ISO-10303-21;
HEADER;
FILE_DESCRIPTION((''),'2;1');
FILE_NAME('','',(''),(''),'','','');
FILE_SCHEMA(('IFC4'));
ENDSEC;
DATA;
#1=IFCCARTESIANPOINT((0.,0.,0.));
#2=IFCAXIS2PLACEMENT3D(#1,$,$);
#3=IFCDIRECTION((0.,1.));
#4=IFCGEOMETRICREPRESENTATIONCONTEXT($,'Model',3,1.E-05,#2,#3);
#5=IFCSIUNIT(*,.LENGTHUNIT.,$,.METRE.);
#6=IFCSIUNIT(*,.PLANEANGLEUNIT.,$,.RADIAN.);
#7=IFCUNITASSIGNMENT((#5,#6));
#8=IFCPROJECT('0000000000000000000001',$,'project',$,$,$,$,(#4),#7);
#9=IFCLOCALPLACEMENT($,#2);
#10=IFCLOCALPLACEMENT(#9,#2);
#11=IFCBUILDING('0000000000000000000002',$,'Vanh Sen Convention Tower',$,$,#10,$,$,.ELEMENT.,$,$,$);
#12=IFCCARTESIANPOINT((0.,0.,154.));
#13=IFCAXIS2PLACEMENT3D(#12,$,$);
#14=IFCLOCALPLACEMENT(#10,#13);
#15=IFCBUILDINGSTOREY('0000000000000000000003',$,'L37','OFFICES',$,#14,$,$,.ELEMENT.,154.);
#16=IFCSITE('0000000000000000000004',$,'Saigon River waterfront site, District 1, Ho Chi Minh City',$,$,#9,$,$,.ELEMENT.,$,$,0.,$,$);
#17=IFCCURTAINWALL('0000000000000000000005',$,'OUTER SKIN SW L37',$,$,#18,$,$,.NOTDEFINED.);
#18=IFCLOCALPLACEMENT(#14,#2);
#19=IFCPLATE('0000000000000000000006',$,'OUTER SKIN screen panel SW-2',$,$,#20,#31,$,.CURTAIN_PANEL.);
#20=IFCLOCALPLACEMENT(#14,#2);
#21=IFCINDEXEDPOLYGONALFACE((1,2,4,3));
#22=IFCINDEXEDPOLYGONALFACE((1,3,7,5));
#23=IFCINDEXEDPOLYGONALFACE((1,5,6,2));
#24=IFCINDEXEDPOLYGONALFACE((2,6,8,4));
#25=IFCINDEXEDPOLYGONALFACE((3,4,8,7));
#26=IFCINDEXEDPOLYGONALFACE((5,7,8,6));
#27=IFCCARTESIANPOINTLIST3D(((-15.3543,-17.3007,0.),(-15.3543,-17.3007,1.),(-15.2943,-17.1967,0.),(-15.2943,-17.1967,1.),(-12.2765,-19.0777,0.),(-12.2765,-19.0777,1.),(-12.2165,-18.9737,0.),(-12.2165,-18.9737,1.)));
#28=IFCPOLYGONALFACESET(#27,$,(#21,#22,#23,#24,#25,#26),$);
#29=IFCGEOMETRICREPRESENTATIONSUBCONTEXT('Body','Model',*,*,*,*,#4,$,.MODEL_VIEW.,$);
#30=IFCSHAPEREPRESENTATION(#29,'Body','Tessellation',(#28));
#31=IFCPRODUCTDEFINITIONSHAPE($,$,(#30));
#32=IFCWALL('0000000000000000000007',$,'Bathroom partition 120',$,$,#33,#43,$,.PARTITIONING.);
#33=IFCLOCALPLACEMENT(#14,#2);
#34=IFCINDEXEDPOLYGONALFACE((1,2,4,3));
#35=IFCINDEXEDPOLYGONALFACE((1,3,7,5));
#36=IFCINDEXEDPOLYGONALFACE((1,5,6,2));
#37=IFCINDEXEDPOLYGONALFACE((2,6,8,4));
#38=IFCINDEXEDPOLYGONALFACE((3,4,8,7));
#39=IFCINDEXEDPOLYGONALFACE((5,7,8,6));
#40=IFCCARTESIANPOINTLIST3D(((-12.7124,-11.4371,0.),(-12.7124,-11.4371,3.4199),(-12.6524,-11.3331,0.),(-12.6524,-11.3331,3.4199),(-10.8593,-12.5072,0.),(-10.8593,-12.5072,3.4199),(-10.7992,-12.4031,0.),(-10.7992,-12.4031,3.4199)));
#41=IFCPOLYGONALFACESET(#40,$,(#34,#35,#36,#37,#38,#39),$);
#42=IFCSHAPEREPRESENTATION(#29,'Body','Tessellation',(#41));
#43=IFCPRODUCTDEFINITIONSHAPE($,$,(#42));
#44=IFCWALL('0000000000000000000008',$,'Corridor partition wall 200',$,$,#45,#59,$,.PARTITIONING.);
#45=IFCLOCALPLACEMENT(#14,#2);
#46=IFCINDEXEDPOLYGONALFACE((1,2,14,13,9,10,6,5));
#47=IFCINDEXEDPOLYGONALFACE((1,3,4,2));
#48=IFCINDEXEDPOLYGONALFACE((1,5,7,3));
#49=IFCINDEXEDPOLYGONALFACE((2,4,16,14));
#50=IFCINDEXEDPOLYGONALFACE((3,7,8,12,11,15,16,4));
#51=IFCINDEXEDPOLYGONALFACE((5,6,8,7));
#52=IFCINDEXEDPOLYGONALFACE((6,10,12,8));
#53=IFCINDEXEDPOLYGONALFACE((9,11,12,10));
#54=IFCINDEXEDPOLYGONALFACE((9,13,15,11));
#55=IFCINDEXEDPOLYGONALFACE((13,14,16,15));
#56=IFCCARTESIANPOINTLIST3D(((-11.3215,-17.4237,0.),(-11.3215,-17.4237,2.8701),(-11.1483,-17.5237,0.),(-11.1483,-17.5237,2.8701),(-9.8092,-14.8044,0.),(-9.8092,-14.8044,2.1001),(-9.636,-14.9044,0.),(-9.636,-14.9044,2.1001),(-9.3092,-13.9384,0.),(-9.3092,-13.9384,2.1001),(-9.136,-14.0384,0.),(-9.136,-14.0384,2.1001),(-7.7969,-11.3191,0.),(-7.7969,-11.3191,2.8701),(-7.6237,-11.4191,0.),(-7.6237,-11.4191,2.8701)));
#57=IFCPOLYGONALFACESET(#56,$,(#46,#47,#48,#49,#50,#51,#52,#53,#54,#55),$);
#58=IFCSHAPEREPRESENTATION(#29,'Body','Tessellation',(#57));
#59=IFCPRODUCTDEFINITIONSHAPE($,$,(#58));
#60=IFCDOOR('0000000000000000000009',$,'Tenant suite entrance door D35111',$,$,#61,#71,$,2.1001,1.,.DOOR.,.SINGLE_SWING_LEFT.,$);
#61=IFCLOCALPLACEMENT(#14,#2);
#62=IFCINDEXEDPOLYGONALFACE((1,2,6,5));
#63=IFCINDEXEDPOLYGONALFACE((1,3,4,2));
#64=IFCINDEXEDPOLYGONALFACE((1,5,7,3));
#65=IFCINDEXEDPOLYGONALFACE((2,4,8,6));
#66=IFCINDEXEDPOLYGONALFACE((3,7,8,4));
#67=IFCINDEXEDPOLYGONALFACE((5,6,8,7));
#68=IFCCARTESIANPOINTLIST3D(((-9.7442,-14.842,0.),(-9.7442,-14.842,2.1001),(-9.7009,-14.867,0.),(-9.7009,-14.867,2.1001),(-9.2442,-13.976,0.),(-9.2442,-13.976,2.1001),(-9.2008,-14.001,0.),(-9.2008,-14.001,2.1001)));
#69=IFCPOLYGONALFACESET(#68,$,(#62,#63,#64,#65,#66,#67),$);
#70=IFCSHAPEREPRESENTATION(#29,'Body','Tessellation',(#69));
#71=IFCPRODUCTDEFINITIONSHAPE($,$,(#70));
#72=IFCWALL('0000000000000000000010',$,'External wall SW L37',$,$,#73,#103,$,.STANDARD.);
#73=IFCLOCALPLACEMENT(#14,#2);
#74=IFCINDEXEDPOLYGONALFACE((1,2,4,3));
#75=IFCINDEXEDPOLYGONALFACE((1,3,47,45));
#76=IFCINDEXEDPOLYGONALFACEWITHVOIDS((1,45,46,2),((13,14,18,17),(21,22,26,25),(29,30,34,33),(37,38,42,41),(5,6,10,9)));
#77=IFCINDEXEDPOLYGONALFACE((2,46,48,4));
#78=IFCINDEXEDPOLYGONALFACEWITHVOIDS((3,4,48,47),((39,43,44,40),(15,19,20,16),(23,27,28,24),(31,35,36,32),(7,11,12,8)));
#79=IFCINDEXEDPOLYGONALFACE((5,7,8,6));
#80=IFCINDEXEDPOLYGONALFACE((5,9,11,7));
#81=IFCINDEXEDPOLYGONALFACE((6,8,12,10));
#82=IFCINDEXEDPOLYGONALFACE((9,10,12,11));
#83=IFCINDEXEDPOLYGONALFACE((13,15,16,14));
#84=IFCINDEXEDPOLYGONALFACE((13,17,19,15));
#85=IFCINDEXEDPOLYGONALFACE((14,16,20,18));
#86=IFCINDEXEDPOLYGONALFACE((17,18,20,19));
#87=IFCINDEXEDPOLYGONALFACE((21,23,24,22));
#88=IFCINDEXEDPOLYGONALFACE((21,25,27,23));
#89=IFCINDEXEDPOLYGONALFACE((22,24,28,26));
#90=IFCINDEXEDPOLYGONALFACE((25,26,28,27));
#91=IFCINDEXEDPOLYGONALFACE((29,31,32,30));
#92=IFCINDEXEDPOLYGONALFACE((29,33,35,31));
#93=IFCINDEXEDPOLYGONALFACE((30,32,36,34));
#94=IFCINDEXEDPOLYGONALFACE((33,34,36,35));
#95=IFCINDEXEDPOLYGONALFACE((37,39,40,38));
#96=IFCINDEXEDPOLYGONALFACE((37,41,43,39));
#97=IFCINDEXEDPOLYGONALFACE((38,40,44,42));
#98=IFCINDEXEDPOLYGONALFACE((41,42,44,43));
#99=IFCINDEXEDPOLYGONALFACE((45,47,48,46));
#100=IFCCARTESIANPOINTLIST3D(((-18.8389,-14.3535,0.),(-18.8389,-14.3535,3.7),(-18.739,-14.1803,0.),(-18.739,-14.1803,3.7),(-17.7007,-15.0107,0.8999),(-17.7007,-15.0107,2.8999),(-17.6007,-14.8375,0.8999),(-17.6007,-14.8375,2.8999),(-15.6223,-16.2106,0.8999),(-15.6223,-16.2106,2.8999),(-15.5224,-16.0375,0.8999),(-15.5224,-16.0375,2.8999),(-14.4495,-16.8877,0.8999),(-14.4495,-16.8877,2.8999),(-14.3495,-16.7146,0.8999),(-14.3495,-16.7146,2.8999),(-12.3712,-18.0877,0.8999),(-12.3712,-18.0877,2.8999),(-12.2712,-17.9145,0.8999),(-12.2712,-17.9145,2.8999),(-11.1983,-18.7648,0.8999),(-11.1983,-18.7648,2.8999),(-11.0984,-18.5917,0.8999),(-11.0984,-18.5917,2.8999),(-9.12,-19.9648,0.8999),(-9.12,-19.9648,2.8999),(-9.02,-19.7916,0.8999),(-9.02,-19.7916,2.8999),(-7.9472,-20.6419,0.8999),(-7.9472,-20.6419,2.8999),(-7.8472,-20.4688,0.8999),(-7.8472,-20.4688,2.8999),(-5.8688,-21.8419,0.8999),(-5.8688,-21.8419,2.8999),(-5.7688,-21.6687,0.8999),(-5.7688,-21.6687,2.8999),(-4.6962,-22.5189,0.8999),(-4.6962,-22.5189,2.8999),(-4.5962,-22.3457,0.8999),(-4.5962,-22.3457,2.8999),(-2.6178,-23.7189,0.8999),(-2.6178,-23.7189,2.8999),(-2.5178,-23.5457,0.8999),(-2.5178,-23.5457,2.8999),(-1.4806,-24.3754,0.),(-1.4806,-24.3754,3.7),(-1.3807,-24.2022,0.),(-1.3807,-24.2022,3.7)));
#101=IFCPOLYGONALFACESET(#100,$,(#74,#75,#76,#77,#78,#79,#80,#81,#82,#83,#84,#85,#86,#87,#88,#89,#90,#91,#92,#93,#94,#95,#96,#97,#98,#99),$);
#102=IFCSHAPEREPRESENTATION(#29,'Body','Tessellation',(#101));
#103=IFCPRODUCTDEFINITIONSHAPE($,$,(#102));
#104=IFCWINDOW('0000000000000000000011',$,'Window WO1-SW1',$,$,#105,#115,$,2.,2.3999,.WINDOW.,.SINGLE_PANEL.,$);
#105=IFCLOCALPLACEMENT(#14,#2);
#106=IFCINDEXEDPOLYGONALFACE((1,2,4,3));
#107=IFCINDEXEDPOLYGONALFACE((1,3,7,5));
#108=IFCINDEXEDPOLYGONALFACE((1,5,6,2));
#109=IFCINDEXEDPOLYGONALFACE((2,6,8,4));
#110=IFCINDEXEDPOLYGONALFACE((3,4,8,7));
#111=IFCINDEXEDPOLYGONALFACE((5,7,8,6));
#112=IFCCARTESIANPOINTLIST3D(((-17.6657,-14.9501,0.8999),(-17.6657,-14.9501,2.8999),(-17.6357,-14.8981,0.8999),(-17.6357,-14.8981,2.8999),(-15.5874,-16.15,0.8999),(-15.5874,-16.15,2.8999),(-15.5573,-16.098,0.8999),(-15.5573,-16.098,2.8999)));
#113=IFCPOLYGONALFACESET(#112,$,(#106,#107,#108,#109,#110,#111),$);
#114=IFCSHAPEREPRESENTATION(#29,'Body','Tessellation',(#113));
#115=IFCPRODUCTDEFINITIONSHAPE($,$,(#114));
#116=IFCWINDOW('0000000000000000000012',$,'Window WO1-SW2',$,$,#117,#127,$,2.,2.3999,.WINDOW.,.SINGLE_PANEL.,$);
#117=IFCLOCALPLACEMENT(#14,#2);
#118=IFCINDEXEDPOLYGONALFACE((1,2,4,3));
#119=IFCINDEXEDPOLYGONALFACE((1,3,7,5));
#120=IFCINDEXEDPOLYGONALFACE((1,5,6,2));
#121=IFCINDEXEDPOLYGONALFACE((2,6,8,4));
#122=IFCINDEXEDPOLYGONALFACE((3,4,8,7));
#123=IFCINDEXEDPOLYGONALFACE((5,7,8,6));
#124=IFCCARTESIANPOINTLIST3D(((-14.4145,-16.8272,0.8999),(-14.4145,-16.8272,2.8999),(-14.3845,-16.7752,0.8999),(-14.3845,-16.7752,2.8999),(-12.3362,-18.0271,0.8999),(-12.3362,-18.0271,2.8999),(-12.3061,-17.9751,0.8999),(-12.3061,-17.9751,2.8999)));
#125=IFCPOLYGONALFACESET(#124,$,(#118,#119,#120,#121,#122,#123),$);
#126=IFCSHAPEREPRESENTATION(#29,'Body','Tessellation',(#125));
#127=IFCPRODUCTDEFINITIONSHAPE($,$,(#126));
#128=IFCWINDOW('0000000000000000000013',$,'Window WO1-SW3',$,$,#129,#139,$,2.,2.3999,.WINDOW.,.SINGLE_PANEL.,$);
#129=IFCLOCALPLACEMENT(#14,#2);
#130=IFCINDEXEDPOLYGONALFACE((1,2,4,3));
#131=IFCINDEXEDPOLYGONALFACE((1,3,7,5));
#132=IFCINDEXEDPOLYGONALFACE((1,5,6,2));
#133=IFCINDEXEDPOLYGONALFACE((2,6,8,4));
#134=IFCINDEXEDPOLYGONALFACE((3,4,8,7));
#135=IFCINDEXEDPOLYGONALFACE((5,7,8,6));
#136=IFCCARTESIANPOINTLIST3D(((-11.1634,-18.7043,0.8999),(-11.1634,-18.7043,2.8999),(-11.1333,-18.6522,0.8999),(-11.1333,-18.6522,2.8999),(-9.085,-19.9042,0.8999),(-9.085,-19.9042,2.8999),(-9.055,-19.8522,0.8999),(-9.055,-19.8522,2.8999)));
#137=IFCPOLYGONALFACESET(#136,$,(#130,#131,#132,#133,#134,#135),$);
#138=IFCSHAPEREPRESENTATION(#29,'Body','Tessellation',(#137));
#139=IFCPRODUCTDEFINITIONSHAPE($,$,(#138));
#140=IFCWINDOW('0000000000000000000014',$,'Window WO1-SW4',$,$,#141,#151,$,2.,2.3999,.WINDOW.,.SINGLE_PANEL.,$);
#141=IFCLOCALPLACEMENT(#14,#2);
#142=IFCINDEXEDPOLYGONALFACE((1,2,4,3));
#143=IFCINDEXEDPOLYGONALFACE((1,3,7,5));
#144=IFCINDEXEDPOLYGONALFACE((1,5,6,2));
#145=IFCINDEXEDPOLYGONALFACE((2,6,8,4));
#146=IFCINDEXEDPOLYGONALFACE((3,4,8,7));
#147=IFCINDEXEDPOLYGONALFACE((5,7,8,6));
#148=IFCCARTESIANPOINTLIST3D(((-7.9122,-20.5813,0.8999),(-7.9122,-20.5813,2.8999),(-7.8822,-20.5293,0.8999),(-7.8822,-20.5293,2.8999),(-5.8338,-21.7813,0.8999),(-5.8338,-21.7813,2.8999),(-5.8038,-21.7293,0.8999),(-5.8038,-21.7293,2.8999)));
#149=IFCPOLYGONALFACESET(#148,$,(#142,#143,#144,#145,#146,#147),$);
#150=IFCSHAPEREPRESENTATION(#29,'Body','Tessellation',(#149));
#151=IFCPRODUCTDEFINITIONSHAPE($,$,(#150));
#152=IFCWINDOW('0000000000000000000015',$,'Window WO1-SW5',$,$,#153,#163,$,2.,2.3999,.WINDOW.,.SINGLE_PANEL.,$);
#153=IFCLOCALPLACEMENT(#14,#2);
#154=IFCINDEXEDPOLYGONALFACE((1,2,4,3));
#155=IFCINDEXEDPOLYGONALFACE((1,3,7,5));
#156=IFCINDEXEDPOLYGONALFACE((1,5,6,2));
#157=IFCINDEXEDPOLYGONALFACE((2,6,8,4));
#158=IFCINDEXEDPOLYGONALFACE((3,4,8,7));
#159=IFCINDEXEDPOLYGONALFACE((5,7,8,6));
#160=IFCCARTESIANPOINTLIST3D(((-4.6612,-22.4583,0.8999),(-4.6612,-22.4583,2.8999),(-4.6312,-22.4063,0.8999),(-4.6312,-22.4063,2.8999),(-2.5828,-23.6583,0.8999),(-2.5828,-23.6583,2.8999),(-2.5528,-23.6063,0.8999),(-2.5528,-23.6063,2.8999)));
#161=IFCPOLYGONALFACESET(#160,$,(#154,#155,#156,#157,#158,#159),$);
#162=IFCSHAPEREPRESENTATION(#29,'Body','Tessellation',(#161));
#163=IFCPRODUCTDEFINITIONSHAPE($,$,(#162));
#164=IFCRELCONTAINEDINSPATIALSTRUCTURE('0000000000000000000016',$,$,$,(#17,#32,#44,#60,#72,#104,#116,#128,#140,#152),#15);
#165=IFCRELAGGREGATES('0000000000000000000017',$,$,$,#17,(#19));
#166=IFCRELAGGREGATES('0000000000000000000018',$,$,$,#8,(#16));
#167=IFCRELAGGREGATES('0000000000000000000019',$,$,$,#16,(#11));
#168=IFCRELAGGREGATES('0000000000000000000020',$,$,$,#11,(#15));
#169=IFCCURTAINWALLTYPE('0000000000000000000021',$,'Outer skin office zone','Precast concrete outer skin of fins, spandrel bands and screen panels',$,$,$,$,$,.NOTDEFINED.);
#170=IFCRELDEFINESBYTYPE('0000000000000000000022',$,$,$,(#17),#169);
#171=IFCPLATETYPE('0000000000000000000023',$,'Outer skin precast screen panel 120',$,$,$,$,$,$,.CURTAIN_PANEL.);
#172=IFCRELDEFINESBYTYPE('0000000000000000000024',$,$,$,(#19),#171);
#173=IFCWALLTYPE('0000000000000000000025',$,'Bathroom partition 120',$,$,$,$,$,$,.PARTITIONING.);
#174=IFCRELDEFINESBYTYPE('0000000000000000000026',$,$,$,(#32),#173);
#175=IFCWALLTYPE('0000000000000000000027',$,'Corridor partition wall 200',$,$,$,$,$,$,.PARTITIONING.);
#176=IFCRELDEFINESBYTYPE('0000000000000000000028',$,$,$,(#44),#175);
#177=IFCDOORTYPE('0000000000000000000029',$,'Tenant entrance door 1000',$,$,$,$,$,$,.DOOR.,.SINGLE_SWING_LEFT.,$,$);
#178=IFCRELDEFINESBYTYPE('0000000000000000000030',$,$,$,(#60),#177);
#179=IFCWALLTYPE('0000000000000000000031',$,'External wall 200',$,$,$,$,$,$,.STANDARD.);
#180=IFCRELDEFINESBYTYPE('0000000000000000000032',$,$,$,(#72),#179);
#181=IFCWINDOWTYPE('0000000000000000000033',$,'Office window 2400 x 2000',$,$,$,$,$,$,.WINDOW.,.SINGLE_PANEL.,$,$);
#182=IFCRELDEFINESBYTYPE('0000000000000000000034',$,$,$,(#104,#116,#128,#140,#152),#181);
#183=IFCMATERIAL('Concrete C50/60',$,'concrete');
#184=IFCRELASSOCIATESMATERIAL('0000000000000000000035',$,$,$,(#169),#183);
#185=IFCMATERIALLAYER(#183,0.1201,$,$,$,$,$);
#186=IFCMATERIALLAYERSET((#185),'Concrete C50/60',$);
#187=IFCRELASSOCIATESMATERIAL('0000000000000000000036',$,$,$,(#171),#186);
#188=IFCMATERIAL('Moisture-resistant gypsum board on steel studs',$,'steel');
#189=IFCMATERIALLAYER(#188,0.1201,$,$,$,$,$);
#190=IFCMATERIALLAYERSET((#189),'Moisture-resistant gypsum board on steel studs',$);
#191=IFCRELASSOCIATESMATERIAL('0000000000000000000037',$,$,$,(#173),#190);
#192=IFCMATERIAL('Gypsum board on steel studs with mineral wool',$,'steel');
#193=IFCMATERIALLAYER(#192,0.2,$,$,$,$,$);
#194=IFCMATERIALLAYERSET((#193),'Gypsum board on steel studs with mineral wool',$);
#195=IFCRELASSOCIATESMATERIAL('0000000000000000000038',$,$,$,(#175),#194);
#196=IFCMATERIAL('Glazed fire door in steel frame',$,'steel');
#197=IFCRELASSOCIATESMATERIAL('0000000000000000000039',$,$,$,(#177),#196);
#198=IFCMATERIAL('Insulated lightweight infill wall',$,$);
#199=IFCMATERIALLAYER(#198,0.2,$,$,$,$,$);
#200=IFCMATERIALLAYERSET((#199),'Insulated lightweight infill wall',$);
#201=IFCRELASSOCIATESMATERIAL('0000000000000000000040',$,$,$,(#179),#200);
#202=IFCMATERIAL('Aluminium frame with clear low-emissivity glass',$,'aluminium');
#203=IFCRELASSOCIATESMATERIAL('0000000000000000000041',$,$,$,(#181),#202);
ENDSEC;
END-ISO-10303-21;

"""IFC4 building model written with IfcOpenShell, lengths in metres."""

from ifc_helpers import new_model, si_unit, direction, frame, frame_2d, origin, origin_2d, place, context, subcontext, project, spatial, rectangle, extrude, material, layer, layer_set, type_object, element, fill, aggregate, save


model = new_model("IFC4")

# Units and contexts
model_context = context("Model", 3, precision=1e-05, world=origin(), true_north=direction((0.0, 1.0)))
body_context = subcontext(model_context, "Body", "Model", "MODEL_VIEW")
ifc_project = project(units=[si_unit("LENGTHUNIT", "METRE"), si_unit("PLANEANGLEUNIT", "RADIAN")], contexts=[model_context])

# Site, building, storey
site_placement = place(None, origin())
site = spatial("IfcSite", under=ifc_project, at=site_placement, Name="Saigon River waterfront site, District 1, Ho Chi Minh City", CompositionType="ELEMENT", RefElevation=0.0)
building_placement = place(site_placement, origin())
building = spatial("IfcBuilding", under=site, at=building_placement, Name="Vanh Sen Convention Tower", CompositionType="ELEMENT")
storey_placement = place(building_placement, frame((0.0, 0.0, 154.0)))
storey = spatial("IfcBuildingStorey", under=building, at=storey_placement, Name="L37", Description="OFFICES", CompositionType="ELEMENT", Elevation=154.0)

# Curtain wall
ifc_material_1 = material(Name="Concrete C50/60", Category="concrete")
curtain_wall_type = type_object("IfcCurtainWallType", Name="Outer skin office zone", Description="Precast concrete outer skin of fins, spandrel bands and screen panels", PredefinedType="NOTDEFINED", material=ifc_material_1)
curtain_wall_1_placement = place(storey_placement, origin())
curtain_wall_1 = element("IfcCurtainWall", 1, at=curtain_wall_1_placement, inside=storey, type_object=curtain_wall_type, Name="OUTER SKIN SW L37", PredefinedType="NOTDEFINED")

# Shared definitions
ifc_layer_1 = layer(ifc_material_1, 0.1201)
ifc_layer_set_1 = layer_set([ifc_layer_1], Name="Concrete C50/60")
plate_type = type_object("IfcPlateType", Name="Outer skin precast screen panel 120", PredefinedType="CURTAIN_PANEL", material=ifc_layer_set_1)

# Plate
plate_1_placement = place(storey_placement, frame((-13.7854, -18.1372, 0.0), z_axis=(0.0, 0.0, 1.0), x_axis=(0.866028, -0.499995, 0.0)))
plate_1 = element("IfcPlate", 2, at=plate_1_placement, type_object=plate_type, Name="OUTER SKIN screen panel SW-2", PredefinedType="CURTAIN_PANEL", context=body_context, shape_type="SweptSolid", body=[
    extrude(rectangle(XDim=3.554, YDim=0.1201, at=origin_2d()), origin(), (0.0, 0.0, 1.0), 1.0),
])
aggregate(curtain_wall_1, [plate_1])

# Wall
ifc_material_2 = material(Name="Moisture-resistant gypsum board on steel studs", Category="steel")
ifc_layer_2 = layer(ifc_material_2, 0.1201)
ifc_layer_set_2 = layer_set([ifc_layer_2], Name="Moisture-resistant gypsum board on steel studs")
wall_type_1 = type_object("IfcWallType", Name="Bathroom partition 120", PredefinedType="PARTITIONING", material=ifc_layer_set_2)
wall_1_placement = place(storey_placement, frame((-10.8293, -12.4551, 0.0), z_axis=(0.0, 0.0, 1.0), x_axis=(-0.866009, 0.500029, 0.0)))
element("IfcWall", 3, at=wall_1_placement, inside=storey, type_object=wall_type_1, Name="Bathroom partition 120", PredefinedType="PARTITIONING", context=body_context, shape_type="SweptSolid", body=[
    extrude(rectangle(XDim=2.1399, YDim=0.1201, at=frame_2d((1.0698, 0.0))), origin(), (0.0, 0.0, 1.0), 3.4199),
])

# Wall, opening, door
ifc_material_3 = material(Name="Gypsum board on steel studs with mineral wool", Category="steel")
ifc_layer_3 = layer(ifc_material_3, 0.2)
ifc_layer_set_3 = layer_set([ifc_layer_3], Name="Gypsum board on steel studs with mineral wool")
wall_type_2 = type_object("IfcWallType", Name="Corridor partition wall 200", PredefinedType="PARTITIONING", material=ifc_layer_set_3)
wall_2_placement = place(storey_placement, frame((-11.2349, -17.4736, 0.0), z_axis=(0.0, 0.0, 1.0), x_axis=(0.500009, 0.86602, 0.0)))
wall_2 = element("IfcWall", 4, at=wall_2_placement, inside=storey, type_object=wall_type_2, Name="Corridor partition wall 200", PredefinedType="PARTITIONING", context=body_context, shape_type="SweptSolid", body=[
    extrude(rectangle(XDim=7.0491, YDim=0.2, at=frame_2d((3.5244, 0.0))), origin(), (0.0, 0.0, 1.0), 2.8701),
])
opening_1_placement = place(wall_2_placement, frame((3.0244, 0.0, 0.0)))
opening_1 = element("IfcOpeningElement", 5, at=opening_1_placement, cuts=wall_2, PredefinedType="OPENING", context=body_context, shape_type="SweptSolid", body=[
    extrude(rectangle(XDim=1.0, YDim=2.1001, at=frame_2d((0.5, 1.05))), frame((0.0, 0.1099, 0.0), z_axis=(0.0, -1.0, 0.0), x_axis=(1.0, 0.0, 0.0)), (0.0, 0.0, 1.0), 0.22),
])
ifc_material_4 = material(Name="Glazed fire door in steel frame", Category="steel")
door_type = type_object("IfcDoorType", Name="Tenant entrance door 1000", OperationType="SINGLE_SWING_LEFT", PredefinedType="DOOR", material=ifc_material_4)
door_placement = place(opening_1_placement, origin())
door = element("IfcDoor", 6, at=door_placement, inside=storey, type_object=door_type, Name="Tenant suite entrance door D35111", OperationType="SINGLE_SWING_LEFT", OverallHeight=2.1001, OverallWidth=1.0, PredefinedType="DOOR", context=body_context, shape_type="SweptSolid", body=[
    extrude(rectangle(XDim=1.0, YDim=2.1001, at=frame_2d((0.5, 1.05))), frame((0.0, 0.0249, 0.0), z_axis=(0.0, -1.0, 0.0), x_axis=(1.0, 0.0, 0.0)), (0.0, 0.0, 1.0), 0.05),
])
fill(opening_1, door)

# Wall, openings, windows
ifc_material_5 = material(Name="Insulated lightweight infill wall")
ifc_layer_4 = layer(ifc_material_5, 0.2)
ifc_layer_set_4 = layer_set([ifc_layer_4], Name="Insulated lightweight infill wall")
wall_type_3 = type_object("IfcWallType", Name="External wall 200", PredefinedType="STANDARD", material=ifc_layer_set_4)
wall_3_placement = place(storey_placement, frame((-18.7891, -14.2668, 0.0), z_axis=(0.0, 0.0, 1.0), x_axis=(0.866023, -0.500004, 0.0)))
wall_3 = element("IfcWall", 7, at=wall_3_placement, inside=storey, type_object=wall_type_3, Name="External wall SW L37", PredefinedType="STANDARD", context=body_context, shape_type="SweptSolid", body=[
    extrude(rectangle(XDim=20.0437, YDim=0.2, at=frame_2d((10.022, 0.0))), origin(), (0.0, 0.0, 1.0), 3.7),
])
opening_2_placement = place(wall_3_placement, frame((1.3145, 0.0, 0.8999)))
opening_2 = element("IfcOpeningElement", 8, at=opening_2_placement, cuts=wall_3, PredefinedType="OPENING", context=body_context, shape_type="SweptSolid", body=[
    extrude(rectangle(XDim=2.3999, YDim=2.0, at=frame_2d((1.2, 1.0))), frame((0.0, 0.1099, 0.0), z_axis=(0.0, -1.0, 0.0), x_axis=(1.0, 0.0, 0.0)), (0.0, 0.0, 1.0), 0.22),
])
opening_3_placement = place(wall_3_placement, frame((5.0686, 0.0, 0.8999)))
opening_3 = element("IfcOpeningElement", 9, at=opening_3_placement, cuts=wall_3, PredefinedType="OPENING", context=body_context, shape_type="SweptSolid", body=[
    extrude(rectangle(XDim=2.3999, YDim=2.0, at=frame_2d((1.2, 1.0))), frame((0.0, 0.1099, 0.0), z_axis=(0.0, -1.0, 0.0), x_axis=(1.0, 0.0, 0.0)), (0.0, 0.0, 1.0), 0.22),
])
opening_4_placement = place(wall_3_placement, frame((8.8228, 0.0, 0.8999)))
opening_4 = element("IfcOpeningElement", 10, at=opening_4_placement, cuts=wall_3, PredefinedType="OPENING", context=body_context, shape_type="SweptSolid", body=[
    extrude(rectangle(XDim=2.3999, YDim=2.0, at=frame_2d((1.2, 1.0))), frame((0.0, 0.1099, 0.0), z_axis=(0.0, -1.0, 0.0), x_axis=(1.0, 0.0, 0.0)), (0.0, 0.0, 1.0), 0.22),
])
opening_5_placement = place(wall_3_placement, frame((12.5769, 0.0, 0.8999)))
opening_5 = element("IfcOpeningElement", 11, at=opening_5_placement, cuts=wall_3, PredefinedType="OPENING", context=body_context, shape_type="SweptSolid", body=[
    extrude(rectangle(XDim=2.3999, YDim=2.0, at=frame_2d((1.2, 1.0))), frame((0.0, 0.1099, 0.0), z_axis=(0.0, -1.0, 0.0), x_axis=(1.0, 0.0, 0.0)), (0.0, 0.0, 1.0), 0.22),
])
opening_6_placement = place(wall_3_placement, frame((16.3308, 0.0, 0.8999)))
opening_6 = element("IfcOpeningElement", 12, at=opening_6_placement, cuts=wall_3, PredefinedType="OPENING", context=body_context, shape_type="SweptSolid", body=[
    extrude(rectangle(XDim=2.3999, YDim=2.0, at=frame_2d((1.2, 1.0))), frame((0.0, 0.1099, 0.0), z_axis=(0.0, -1.0, 0.0), x_axis=(1.0, 0.0, 0.0)), (0.0, 0.0, 1.0), 0.22),
])
ifc_material_6 = material(Name="Aluminium frame with clear low-emissivity glass", Category="aluminium")
window_type = type_object("IfcWindowType", Name="Office window 2400 x 2000", PartitioningType="SINGLE_PANEL", PredefinedType="WINDOW", material=ifc_material_6)
window_1_placement = place(opening_2_placement, origin())
window_1 = element("IfcWindow", 13, at=window_1_placement, inside=storey, type_object=window_type, Name="Window WO1-SW1", OverallHeight=2.0, OverallWidth=2.3999, PartitioningType="SINGLE_PANEL", PredefinedType="WINDOW", context=body_context, shape_type="SweptSolid", body=[
    extrude(rectangle(XDim=2.3999, YDim=2.0, at=frame_2d((1.2, 1.0))), frame((0.0, 0.03, 0.0), z_axis=(0.0, -1.0, 0.0), x_axis=(1.0, 0.0, 0.0)), (0.0, 0.0, 1.0), 0.0601),
])
fill(opening_2, window_1)
window_2_placement = place(opening_3_placement, origin())
window_2 = element("IfcWindow", 14, at=window_2_placement, inside=storey, type_object=window_type, Name="Window WO1-SW2", OverallHeight=2.0, OverallWidth=2.3999, PartitioningType="SINGLE_PANEL", PredefinedType="WINDOW", context=body_context, shape_type="SweptSolid", body=[
    extrude(rectangle(XDim=2.3999, YDim=2.0, at=frame_2d((1.2, 1.0))), frame((0.0, 0.03, 0.0), z_axis=(0.0, -1.0, 0.0), x_axis=(1.0, 0.0, 0.0)), (0.0, 0.0, 1.0), 0.0601),
])
fill(opening_3, window_2)
window_3_placement = place(opening_4_placement, origin())
window_3 = element("IfcWindow", 15, at=window_3_placement, inside=storey, type_object=window_type, Name="Window WO1-SW3", OverallHeight=2.0, OverallWidth=2.3999, PartitioningType="SINGLE_PANEL", PredefinedType="WINDOW", context=body_context, shape_type="SweptSolid", body=[
    extrude(rectangle(XDim=2.3999, YDim=2.0, at=frame_2d((1.2, 1.0))), frame((0.0, 0.03, 0.0), z_axis=(0.0, -1.0, 0.0), x_axis=(1.0, 0.0, 0.0)), (0.0, 0.0, 1.0), 0.0601),
])
fill(opening_4, window_3)
window_4_placement = place(opening_5_placement, origin())
window_4 = element("IfcWindow", 16, at=window_4_placement, inside=storey, type_object=window_type, Name="Window WO1-SW4", OverallHeight=2.0, OverallWidth=2.3999, PartitioningType="SINGLE_PANEL", PredefinedType="WINDOW", context=body_context, shape_type="SweptSolid", body=[
    extrude(rectangle(XDim=2.3999, YDim=2.0, at=frame_2d((1.2, 1.0))), frame((0.0, 0.03, 0.0), z_axis=(0.0, -1.0, 0.0), x_axis=(1.0, 0.0, 0.0)), (0.0, 0.0, 1.0), 0.0601),
])
fill(opening_5, window_4)
window_5_placement = place(opening_6_placement, origin())
window_5 = element("IfcWindow", 17, at=window_5_placement, inside=storey, type_object=window_type, Name="Window WO1-SW5", OverallHeight=2.0, OverallWidth=2.3999, PartitioningType="SINGLE_PANEL", PredefinedType="WINDOW", context=body_context, shape_type="SweptSolid", body=[
    extrude(rectangle(XDim=2.3999, YDim=2.0, at=frame_2d((1.2, 1.0))), frame((0.0, 0.03, 0.0), z_axis=(0.0, -1.0, 0.0), x_axis=(1.0, 0.0, 0.0)), (0.0, 0.0, 1.0), 0.0601),
])
fill(opening_6, window_5)

save(model, "model.ifc")
